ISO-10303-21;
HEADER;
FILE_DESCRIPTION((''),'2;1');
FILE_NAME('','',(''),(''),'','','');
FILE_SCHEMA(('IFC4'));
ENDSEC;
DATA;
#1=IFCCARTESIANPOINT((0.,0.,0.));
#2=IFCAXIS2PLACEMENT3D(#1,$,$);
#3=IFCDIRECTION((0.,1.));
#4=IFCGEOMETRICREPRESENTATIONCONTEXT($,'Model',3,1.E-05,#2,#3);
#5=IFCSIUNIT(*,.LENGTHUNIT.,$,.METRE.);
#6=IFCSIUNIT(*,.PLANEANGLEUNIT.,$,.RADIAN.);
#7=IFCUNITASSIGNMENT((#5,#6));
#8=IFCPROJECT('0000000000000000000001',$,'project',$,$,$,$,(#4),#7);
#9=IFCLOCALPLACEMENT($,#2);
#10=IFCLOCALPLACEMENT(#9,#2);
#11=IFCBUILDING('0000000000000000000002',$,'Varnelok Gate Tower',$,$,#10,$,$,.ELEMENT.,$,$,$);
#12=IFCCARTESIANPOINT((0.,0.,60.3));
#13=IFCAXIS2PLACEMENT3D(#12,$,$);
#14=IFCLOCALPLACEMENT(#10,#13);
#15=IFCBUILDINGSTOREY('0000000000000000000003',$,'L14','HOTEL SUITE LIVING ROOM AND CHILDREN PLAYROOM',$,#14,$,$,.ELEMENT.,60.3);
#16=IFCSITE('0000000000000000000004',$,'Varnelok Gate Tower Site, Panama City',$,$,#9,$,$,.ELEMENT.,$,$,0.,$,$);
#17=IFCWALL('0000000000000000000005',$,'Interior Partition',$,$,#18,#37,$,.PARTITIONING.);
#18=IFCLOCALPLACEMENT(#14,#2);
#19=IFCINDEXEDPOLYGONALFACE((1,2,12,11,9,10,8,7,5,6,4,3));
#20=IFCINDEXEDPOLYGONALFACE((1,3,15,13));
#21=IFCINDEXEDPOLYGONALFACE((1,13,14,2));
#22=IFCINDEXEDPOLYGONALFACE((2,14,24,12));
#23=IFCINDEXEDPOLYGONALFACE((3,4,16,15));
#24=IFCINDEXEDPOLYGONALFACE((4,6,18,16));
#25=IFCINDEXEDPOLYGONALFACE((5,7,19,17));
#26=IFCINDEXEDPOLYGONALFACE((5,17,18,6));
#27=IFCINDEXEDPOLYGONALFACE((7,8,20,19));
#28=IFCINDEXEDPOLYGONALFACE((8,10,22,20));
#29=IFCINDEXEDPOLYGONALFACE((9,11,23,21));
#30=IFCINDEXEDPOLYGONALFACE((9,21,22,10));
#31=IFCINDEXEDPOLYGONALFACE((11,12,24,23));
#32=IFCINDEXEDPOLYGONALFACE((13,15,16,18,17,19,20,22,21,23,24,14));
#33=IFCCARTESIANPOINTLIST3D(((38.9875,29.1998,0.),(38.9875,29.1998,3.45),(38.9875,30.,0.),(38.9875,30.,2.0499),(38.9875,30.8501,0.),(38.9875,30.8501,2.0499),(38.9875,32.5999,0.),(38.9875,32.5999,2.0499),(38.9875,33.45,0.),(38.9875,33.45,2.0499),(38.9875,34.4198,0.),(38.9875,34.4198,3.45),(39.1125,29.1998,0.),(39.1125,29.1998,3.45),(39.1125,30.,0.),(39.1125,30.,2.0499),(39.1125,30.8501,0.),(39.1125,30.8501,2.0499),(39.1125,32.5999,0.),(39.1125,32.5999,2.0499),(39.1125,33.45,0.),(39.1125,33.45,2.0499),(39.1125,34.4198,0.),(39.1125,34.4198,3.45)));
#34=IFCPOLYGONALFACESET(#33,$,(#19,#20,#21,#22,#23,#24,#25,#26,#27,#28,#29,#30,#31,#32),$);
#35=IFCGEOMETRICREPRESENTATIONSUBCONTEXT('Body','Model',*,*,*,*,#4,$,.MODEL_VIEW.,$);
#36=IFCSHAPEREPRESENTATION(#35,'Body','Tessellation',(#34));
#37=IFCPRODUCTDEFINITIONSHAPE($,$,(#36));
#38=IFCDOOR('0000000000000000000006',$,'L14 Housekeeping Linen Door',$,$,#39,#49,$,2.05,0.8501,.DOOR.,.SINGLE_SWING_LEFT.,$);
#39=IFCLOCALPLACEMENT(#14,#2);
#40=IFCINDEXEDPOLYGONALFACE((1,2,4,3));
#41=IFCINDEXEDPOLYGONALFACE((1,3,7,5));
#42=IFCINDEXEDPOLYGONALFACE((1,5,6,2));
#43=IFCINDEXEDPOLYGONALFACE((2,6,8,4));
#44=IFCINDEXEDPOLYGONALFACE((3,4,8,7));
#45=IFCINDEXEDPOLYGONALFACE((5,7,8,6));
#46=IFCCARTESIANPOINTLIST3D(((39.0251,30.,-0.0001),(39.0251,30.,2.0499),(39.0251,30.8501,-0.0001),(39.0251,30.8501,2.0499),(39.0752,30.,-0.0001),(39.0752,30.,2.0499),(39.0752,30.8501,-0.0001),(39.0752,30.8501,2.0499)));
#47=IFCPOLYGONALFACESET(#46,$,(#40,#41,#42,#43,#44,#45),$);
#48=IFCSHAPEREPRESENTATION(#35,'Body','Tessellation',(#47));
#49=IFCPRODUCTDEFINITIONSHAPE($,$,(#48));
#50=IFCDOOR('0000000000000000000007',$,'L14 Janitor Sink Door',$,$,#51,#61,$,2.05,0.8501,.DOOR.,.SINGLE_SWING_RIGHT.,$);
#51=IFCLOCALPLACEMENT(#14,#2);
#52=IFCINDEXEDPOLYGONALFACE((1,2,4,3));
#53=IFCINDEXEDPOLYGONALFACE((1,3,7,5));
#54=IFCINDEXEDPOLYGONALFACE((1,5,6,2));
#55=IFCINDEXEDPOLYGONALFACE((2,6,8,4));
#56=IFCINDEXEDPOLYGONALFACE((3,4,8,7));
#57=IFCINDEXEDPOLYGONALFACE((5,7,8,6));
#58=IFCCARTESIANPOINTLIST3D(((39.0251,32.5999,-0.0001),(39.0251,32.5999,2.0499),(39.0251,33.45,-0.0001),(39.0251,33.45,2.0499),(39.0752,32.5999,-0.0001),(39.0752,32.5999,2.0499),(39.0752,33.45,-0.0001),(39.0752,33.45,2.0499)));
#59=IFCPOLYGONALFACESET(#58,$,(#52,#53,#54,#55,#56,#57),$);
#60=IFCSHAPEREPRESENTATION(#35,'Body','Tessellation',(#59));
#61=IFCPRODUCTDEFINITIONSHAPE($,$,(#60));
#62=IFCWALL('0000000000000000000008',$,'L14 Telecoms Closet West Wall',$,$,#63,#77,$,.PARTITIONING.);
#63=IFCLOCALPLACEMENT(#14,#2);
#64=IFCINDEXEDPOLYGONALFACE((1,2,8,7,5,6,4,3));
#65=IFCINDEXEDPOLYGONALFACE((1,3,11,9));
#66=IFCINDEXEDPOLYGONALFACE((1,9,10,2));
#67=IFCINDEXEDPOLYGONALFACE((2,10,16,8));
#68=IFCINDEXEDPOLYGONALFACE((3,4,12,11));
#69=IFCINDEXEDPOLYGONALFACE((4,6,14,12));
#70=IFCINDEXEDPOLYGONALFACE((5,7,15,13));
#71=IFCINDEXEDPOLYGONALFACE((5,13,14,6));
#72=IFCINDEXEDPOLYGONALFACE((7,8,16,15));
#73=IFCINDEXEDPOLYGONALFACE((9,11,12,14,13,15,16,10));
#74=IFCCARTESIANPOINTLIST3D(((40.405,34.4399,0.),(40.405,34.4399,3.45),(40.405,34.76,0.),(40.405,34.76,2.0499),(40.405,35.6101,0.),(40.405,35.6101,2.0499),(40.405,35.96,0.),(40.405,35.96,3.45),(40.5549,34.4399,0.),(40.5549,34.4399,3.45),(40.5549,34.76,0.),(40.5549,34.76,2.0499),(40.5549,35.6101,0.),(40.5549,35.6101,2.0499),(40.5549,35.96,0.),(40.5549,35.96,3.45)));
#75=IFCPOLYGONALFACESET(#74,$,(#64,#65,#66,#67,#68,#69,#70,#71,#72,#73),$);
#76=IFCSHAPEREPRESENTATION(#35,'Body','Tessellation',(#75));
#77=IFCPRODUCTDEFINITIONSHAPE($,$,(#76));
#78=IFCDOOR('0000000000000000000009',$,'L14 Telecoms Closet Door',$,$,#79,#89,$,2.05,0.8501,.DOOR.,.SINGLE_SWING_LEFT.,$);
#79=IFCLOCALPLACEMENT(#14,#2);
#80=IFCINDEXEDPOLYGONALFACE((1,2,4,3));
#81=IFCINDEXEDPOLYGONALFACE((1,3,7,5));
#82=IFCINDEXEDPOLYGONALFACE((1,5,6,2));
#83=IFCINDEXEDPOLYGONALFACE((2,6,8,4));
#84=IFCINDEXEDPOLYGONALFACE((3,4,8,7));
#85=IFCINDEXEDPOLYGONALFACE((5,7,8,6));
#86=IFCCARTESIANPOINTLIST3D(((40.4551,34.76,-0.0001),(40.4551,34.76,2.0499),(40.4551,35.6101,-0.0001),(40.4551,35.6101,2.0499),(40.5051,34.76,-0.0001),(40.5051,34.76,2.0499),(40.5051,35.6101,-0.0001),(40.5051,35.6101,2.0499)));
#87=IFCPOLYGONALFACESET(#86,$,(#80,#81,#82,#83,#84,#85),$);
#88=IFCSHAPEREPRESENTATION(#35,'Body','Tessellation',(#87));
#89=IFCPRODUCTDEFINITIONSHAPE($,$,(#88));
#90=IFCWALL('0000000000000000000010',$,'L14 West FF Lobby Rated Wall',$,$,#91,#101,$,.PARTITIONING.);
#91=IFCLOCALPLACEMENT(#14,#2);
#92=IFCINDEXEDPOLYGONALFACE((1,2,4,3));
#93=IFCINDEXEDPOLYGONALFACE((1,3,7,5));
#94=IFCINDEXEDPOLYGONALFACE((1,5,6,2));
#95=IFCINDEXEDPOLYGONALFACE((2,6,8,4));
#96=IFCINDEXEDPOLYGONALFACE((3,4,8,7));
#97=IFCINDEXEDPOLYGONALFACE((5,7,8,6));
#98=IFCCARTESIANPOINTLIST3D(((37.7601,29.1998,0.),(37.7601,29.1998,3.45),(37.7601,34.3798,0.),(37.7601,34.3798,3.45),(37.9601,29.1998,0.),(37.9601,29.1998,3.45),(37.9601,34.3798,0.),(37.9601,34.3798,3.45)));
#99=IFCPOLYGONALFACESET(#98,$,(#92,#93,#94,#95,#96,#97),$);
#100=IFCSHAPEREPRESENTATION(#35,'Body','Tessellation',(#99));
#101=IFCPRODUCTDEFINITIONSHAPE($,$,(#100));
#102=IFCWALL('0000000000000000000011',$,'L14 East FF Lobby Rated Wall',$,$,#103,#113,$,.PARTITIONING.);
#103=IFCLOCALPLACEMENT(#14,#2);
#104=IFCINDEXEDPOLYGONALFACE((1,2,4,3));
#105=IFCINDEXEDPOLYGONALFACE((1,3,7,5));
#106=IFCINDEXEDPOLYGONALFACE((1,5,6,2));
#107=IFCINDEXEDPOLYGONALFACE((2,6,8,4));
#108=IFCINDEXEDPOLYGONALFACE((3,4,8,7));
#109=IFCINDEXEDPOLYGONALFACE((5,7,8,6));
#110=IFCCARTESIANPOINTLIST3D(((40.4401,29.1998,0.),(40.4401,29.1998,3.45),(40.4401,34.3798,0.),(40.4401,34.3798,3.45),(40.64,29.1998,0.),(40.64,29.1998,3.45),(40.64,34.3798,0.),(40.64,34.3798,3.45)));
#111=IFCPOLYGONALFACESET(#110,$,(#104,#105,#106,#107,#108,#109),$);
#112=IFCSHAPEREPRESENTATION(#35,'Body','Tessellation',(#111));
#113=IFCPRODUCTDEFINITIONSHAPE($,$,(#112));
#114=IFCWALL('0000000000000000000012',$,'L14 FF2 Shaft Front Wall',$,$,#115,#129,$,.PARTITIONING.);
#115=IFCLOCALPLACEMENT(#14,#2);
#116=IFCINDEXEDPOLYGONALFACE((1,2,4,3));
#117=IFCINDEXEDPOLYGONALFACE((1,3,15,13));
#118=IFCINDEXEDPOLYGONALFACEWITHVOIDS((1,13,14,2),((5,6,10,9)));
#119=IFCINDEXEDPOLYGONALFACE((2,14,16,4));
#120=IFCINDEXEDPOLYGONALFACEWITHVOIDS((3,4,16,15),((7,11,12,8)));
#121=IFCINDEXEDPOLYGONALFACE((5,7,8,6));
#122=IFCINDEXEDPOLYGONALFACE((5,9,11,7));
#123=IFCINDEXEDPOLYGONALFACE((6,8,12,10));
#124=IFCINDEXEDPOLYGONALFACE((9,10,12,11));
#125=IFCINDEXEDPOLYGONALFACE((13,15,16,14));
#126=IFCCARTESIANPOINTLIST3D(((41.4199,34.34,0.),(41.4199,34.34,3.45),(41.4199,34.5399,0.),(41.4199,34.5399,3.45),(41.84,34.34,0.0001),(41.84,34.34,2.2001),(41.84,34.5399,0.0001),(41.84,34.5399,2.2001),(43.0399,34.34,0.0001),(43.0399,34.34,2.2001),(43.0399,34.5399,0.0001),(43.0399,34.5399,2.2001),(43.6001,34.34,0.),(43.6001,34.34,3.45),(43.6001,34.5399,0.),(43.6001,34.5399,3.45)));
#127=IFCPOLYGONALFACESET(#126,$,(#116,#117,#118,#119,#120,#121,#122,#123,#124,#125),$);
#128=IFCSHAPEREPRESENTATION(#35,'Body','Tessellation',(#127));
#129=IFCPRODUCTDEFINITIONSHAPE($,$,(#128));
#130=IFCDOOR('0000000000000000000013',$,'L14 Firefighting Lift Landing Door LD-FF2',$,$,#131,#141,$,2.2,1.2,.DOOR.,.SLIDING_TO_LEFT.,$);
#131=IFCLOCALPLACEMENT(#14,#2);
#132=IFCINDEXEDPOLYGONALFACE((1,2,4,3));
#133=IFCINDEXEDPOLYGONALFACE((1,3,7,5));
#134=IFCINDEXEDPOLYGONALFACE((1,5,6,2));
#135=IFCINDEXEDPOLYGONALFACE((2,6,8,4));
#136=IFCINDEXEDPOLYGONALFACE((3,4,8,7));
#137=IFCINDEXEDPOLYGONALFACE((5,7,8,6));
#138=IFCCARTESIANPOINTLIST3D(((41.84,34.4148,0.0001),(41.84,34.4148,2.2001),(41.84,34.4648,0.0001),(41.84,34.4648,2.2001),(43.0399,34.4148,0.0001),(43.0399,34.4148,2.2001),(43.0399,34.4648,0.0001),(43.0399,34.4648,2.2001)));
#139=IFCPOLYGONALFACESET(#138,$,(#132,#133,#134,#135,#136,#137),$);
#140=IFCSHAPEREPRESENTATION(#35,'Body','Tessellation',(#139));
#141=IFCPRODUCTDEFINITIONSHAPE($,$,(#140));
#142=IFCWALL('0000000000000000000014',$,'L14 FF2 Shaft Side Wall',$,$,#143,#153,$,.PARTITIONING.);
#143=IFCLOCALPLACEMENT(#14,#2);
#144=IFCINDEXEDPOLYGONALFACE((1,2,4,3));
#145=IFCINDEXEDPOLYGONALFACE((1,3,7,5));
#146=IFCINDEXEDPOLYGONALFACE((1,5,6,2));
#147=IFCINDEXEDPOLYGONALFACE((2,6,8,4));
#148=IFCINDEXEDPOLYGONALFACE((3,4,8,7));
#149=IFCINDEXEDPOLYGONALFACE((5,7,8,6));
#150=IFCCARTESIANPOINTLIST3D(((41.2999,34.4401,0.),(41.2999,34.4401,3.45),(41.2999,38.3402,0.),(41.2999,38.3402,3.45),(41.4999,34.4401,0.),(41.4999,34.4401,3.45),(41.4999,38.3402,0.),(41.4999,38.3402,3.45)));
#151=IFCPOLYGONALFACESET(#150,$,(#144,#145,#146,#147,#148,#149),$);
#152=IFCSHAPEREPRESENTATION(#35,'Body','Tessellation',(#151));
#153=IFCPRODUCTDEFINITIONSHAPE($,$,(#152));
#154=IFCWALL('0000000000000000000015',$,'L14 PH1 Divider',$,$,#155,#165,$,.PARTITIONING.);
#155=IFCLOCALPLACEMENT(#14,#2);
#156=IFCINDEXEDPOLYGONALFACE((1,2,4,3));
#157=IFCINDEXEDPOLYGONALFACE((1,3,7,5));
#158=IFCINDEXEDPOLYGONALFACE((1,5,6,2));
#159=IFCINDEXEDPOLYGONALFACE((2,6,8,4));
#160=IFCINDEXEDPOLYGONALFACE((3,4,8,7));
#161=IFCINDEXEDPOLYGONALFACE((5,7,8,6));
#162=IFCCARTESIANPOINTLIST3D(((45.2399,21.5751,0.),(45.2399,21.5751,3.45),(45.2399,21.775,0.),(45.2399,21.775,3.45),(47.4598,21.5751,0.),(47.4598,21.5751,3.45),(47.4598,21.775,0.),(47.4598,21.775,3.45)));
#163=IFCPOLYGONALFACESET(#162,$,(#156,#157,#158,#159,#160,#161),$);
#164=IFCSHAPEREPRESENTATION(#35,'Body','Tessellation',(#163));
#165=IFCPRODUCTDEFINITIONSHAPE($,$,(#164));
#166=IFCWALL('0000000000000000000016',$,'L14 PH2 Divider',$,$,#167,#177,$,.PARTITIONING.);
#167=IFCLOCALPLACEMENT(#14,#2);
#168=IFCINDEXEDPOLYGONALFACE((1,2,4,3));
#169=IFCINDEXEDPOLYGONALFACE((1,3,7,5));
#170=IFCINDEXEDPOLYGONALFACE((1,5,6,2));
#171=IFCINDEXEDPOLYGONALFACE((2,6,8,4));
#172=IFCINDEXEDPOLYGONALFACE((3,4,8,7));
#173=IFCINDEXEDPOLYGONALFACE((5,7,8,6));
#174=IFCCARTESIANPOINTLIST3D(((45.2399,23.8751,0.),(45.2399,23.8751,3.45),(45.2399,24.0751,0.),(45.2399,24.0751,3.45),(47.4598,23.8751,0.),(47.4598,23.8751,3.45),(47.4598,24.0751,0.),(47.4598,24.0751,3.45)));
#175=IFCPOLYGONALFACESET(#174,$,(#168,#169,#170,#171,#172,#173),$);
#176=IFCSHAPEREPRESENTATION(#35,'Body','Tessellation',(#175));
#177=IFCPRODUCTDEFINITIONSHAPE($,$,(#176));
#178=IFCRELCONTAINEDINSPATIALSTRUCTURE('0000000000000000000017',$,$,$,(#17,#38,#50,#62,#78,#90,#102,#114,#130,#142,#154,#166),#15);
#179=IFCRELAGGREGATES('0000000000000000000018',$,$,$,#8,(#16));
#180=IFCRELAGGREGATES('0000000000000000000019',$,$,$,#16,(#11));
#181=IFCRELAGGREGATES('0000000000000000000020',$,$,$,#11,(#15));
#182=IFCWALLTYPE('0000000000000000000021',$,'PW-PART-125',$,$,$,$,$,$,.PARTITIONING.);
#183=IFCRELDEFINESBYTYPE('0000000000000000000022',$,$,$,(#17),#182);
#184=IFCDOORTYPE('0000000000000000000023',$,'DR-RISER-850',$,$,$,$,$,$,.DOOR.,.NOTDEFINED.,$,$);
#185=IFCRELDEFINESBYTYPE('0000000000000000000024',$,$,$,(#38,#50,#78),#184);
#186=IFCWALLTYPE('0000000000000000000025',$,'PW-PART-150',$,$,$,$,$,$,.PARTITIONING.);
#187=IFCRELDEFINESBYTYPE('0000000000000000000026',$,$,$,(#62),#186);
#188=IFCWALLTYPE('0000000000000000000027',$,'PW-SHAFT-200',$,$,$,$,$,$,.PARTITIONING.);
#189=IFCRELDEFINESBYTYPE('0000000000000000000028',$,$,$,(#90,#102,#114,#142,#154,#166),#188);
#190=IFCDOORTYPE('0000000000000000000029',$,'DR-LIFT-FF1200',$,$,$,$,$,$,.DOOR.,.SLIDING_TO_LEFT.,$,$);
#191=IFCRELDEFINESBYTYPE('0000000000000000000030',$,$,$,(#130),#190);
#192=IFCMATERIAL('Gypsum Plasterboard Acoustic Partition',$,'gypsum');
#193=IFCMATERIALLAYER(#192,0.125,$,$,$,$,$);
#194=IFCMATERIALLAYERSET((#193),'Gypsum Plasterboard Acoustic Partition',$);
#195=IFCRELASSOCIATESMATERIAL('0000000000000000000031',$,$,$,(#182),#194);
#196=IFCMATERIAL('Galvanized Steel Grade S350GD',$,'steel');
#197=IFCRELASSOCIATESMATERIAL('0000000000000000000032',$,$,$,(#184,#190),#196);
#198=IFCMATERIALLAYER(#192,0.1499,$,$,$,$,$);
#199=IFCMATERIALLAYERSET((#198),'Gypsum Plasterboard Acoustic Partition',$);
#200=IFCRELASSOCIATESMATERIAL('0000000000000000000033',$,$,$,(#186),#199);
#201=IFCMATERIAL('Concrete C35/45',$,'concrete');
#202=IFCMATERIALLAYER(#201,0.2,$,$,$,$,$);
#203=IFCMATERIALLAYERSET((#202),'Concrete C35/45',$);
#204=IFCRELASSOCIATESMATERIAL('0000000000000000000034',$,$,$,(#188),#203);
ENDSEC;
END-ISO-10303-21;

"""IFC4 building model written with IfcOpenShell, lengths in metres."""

from ifc_helpers import new_model, si_unit, direction, frame, frame_2d, origin, place, context, subcontext, project, spatial, rectangle, extrude, material, layer, layer_set, type_object, element, fill, save


model = new_model("IFC4")

# Units and contexts
model_context = context("Model", 3, precision=1e-05, world=origin(), true_north=direction((0.0, 1.0)))
body_context = subcontext(model_context, "Body", "Model", "MODEL_VIEW")
ifc_project = project(units=[si_unit("LENGTHUNIT", "METRE"), si_unit("PLANEANGLEUNIT", "RADIAN")], contexts=[model_context])

# Site, building, storey
site_placement = place(None, origin())
site = spatial("IfcSite", under=ifc_project, at=site_placement, Name="Varnelok Gate Tower Site, Panama City", CompositionType="ELEMENT", RefElevation=0.0)
building_placement = place(site_placement, origin())
building = spatial("IfcBuilding", under=site, at=building_placement, Name="Varnelok Gate Tower", CompositionType="ELEMENT")
storey_placement = place(building_placement, frame((0.0, 0.0, 60.3)))
storey = spatial("IfcBuildingStorey", under=building, at=storey_placement, Name="L14", Description="HOTEL SUITE LIVING ROOM AND CHILDREN PLAYROOM", CompositionType="ELEMENT", Elevation=60.3)

# Shared definitions
ifc_material_1 = material(Name="Gypsum Plasterboard Acoustic Partition", Category="gypsum")
ifc_layer_1 = layer(ifc_material_1, 0.125)
ifc_layer_set_1 = layer_set([ifc_layer_1], Name="Gypsum Plasterboard Acoustic Partition")
wall_type_1 = type_object("IfcWallType", Name="PW-PART-125", PredefinedType="PARTITIONING", material=ifc_layer_set_1)

# Wall, openings, doors
wall_1_placement = place(storey_placement, frame((39.05, 29.2, 0.0), z_axis=(0.0, 0.0, 1.0), x_axis=(0.0, 1.0, 0.0)))
wall_1 = element("IfcWall", 1, at=wall_1_placement, inside=storey, type_object=wall_type_1, Name="Interior Partition", PredefinedType="PARTITIONING", context=body_context, shape_type="SweptSolid", body=[
    extrude(rectangle(XDim=5.22, YDim=0.125, at=frame_2d((2.6099, 0.0))), origin(), (0.0, 0.0, 1.0), 3.45),
])
opening_1_placement = place(wall_1_placement, frame((0.8, 0.0, 0.0)))
opening_1 = element("IfcOpeningElement", 2, at=opening_1_placement, cuts=wall_1, PredefinedType="OPENING", context=body_context, shape_type="SweptSolid", body=[
    extrude(rectangle(XDim=0.8501, YDim=2.05, at=frame_2d((0.425, 1.0249))), frame((0.0, 0.0725, 0.0), z_axis=(0.0, -1.0, 0.0), x_axis=(1.0, 0.0, 0.0)), (0.0, 0.0, 1.0), 0.145),
])
opening_2_placement = place(wall_1_placement, frame((3.3999, 0.0, 0.0)))
opening_2 = element("IfcOpeningElement", 3, at=opening_2_placement, cuts=wall_1, PredefinedType="OPENING", context=body_context, shape_type="SweptSolid", body=[
    extrude(rectangle(XDim=0.8501, YDim=2.05, at=frame_2d((0.425, 1.0249))), frame((0.0, 0.0725, 0.0), z_axis=(0.0, -1.0, 0.0), x_axis=(1.0, 0.0, 0.0)), (0.0, 0.0, 1.0), 0.145),
])
ifc_material_2 = material(Name="Galvanized Steel Grade S350GD", Category="steel")
door_type_1 = type_object("IfcDoorType", Name="DR-RISER-850", OperationType="NOTDEFINED", PredefinedType="DOOR", material=ifc_material_2)
door_1_placement = place(opening_1_placement, origin())
door_1 = element("IfcDoor", 4, at=door_1_placement, inside=storey, type_object=door_type_1, Name="L14 Housekeeping Linen Door", OperationType="SINGLE_SWING_LEFT", OverallHeight=2.05, OverallWidth=0.8501, PredefinedType="DOOR", context=body_context, shape_type="SweptSolid", body=[
    extrude(rectangle(XDim=0.8501, YDim=2.05, at=frame_2d((0.425, 1.0249))), frame((0.0, 0.0249, 0.0), z_axis=(0.0, -1.0, 0.0), x_axis=(1.0, 0.0, 0.0)), (0.0, 0.0, 1.0), 0.05),
])
fill(opening_1, door_1)
door_2_placement = place(opening_2_placement, origin())
door_2 = element("IfcDoor", 5, at=door_2_placement, inside=storey, type_object=door_type_1, Name="L14 Janitor Sink Door", OperationType="SINGLE_SWING_RIGHT", OverallHeight=2.05, OverallWidth=0.8501, PredefinedType="DOOR", context=body_context, shape_type="SweptSolid", body=[
    extrude(rectangle(XDim=0.8501, YDim=2.05, at=frame_2d((0.425, 1.0249))), frame((0.0, 0.0249, 0.0), z_axis=(0.0, -1.0, 0.0), x_axis=(1.0, 0.0, 0.0)), (0.0, 0.0, 1.0), 0.05),
])
fill(opening_2, door_2)

# Wall, opening, door
ifc_layer_2 = layer(ifc_material_1, 0.1499)
ifc_layer_set_2 = layer_set([ifc_layer_2], Name="Gypsum Plasterboard Acoustic Partition")
wall_type_2 = type_object("IfcWallType", Name="PW-PART-150", PredefinedType="PARTITIONING", material=ifc_layer_set_2)
wall_2_placement = place(storey_placement, frame((40.48, 34.4399, 0.0), z_axis=(0.0, 0.0, 1.0), x_axis=(0.0, 1.0, 0.0)))
wall_2 = element("IfcWall", 6, at=wall_2_placement, inside=storey, type_object=wall_type_2, Name="L14 Telecoms Closet West Wall", PredefinedType="PARTITIONING", context=body_context, shape_type="SweptSolid", body=[
    extrude(rectangle(XDim=1.52, YDim=0.1499, at=frame_2d((0.76, 0.0))), origin(), (0.0, 0.0, 1.0), 3.45),
])
opening_3_placement = place(wall_2_placement, frame((0.3201, 0.0, 0.0)))
opening_3 = element("IfcOpeningElement", 7, at=opening_3_placement, cuts=wall_2, PredefinedType="OPENING", context=body_context, shape_type="SweptSolid", body=[
    extrude(rectangle(XDim=0.8501, YDim=2.05, at=frame_2d((0.425, 1.0249))), frame((0.0, 0.085, 0.0), z_axis=(0.0, -1.0, 0.0), x_axis=(1.0, 0.0, 0.0)), (0.0, 0.0, 1.0), 0.1699),
])
door_3_placement = place(opening_3_placement, origin())
door_3 = element("IfcDoor", 8, at=door_3_placement, inside=storey, type_object=door_type_1, Name="L14 Telecoms Closet Door", OperationType="SINGLE_SWING_LEFT", OverallHeight=2.05, OverallWidth=0.8501, PredefinedType="DOOR", context=body_context, shape_type="SweptSolid", body=[
    extrude(rectangle(XDim=0.8501, YDim=2.05, at=frame_2d((0.425, 1.0249))), frame((0.0, 0.0249, 0.0), z_axis=(0.0, -1.0, 0.0), x_axis=(1.0, 0.0, 0.0)), (0.0, 0.0, 1.0), 0.05),
])
fill(opening_3, door_3)

# Walls
ifc_material_3 = material(Name="Concrete C35/45", Category="concrete")
ifc_layer_3 = layer(ifc_material_3, 0.2)
ifc_layer_set_3 = layer_set([ifc_layer_3], Name="Concrete C35/45")
wall_type_3 = type_object("IfcWallType", Name="PW-SHAFT-200", PredefinedType="PARTITIONING", material=ifc_layer_set_3)
for number, where, z_axis, x_axis, name in (
    (9, (37.8601, 29.2, 0.0), (0.0, 0.0, 1.0), (0.0, 1.0, 0.0), "L14 West FF Lobby Rated Wall"),
    (10, (40.54, 29.2, 0.0), (0.0, 0.0, 1.0), (0.0, 1.0, 0.0), "L14 East FF Lobby Rated Wall"),
):
    element("IfcWall", number, at=place(storey_placement, frame(where, z_axis=z_axis, x_axis=x_axis)), inside=storey, type_object=wall_type_3, Name=name, PredefinedType="PARTITIONING", context=body_context, shape_type="SweptSolid", body=[
        extrude(rectangle(XDim=5.1799, YDim=0.2, at=frame_2d((2.5898, 0.0))), origin(), (0.0, 0.0, 1.0), 3.45),
    ])

# Wall, opening, door
wall_3_placement = place(storey_placement, frame((41.4199, 34.4399, 0.0), z_axis=(0.0, 0.0, 1.0), x_axis=(1.0, 0.0, 0.0)))
wall_3 = element("IfcWall", 11, at=wall_3_placement, inside=storey, type_object=wall_type_3, Name="L14 FF2 Shaft Front Wall", PredefinedType="PARTITIONING", context=body_context, shape_type="SweptSolid", body=[
    extrude(rectangle(XDim=2.1802, YDim=0.2, at=frame_2d((1.0901, 0.0))), origin(), (0.0, 0.0, 1.0), 3.45),
])
opening_4_placement = place(wall_3_placement, frame((0.4199, 0.0, 0.0)))
opening_4 = element("IfcOpeningElement", 12, at=opening_4_placement, cuts=wall_3, PredefinedType="OPENING", context=body_context, shape_type="SweptSolid", body=[
    extrude(rectangle(XDim=1.2, YDim=2.2, at=frame_2d((0.6001, 1.1001))), frame((0.0, 0.1099, 0.0), z_axis=(0.0, -1.0, 0.0), x_axis=(1.0, 0.0, 0.0)), (0.0, 0.0, 1.0), 0.22),
])
door_type_2 = type_object("IfcDoorType", Name="DR-LIFT-FF1200", OperationType="SLIDING_TO_LEFT", PredefinedType="DOOR", material=ifc_material_2)
door_4_placement = place(opening_4_placement, origin())
door_4 = element("IfcDoor", 13, at=door_4_placement, inside=storey, type_object=door_type_2, Name="L14 Firefighting Lift Landing Door LD-FF2", OperationType="SLIDING_TO_LEFT", OverallHeight=2.2, OverallWidth=1.2, PredefinedType="DOOR", context=body_context, shape_type="SweptSolid", body=[
    extrude(rectangle(XDim=1.2, YDim=2.2, at=frame_2d((0.6001, 1.1001))), frame((0.0, 0.0249, 0.0), z_axis=(0.0, -1.0, 0.0), x_axis=(1.0, 0.0, 0.0)), (0.0, 0.0, 1.0), 0.05),
])
fill(opening_4, door_4)

# Walls
wall_4_placement = place(storey_placement, frame((41.3999, 34.4399, 0.0), z_axis=(0.0, 0.0, 1.0), x_axis=(0.0, 1.0, 0.0)))
element("IfcWall", 14, at=wall_4_placement, inside=storey, type_object=wall_type_3, Name="L14 FF2 Shaft Side Wall", PredefinedType="PARTITIONING", context=body_context, shape_type="SweptSolid", body=[
    extrude(rectangle(XDim=3.9001, YDim=0.2, at=frame_2d((1.9502, 0.0))), origin(), (0.0, 0.0, 1.0), 3.45),
])
for number, where, z_axis, x_axis, name in (
    (15, (45.24, 21.675, 0.0), (0.0, 0.0, 1.0), (1.0, 0.0, 0.0), "L14 PH1 Divider"),
    (16, (45.24, 23.9751, 0.0), (0.0, 0.0, 1.0), (1.0, 0.0, 0.0), "L14 PH2 Divider"),
):
    element("IfcWall", number, at=place(storey_placement, frame(where, z_axis=z_axis, x_axis=x_axis)), inside=storey, type_object=wall_type_3, Name=name, PredefinedType="PARTITIONING", context=body_context, shape_type="SweptSolid", body=[
        extrude(rectangle(XDim=2.22, YDim=0.2, at=frame_2d((1.1099, 0.0))), origin(), (0.0, 0.0, 1.0), 3.45),
    ])

save(model, "model.ifc")
